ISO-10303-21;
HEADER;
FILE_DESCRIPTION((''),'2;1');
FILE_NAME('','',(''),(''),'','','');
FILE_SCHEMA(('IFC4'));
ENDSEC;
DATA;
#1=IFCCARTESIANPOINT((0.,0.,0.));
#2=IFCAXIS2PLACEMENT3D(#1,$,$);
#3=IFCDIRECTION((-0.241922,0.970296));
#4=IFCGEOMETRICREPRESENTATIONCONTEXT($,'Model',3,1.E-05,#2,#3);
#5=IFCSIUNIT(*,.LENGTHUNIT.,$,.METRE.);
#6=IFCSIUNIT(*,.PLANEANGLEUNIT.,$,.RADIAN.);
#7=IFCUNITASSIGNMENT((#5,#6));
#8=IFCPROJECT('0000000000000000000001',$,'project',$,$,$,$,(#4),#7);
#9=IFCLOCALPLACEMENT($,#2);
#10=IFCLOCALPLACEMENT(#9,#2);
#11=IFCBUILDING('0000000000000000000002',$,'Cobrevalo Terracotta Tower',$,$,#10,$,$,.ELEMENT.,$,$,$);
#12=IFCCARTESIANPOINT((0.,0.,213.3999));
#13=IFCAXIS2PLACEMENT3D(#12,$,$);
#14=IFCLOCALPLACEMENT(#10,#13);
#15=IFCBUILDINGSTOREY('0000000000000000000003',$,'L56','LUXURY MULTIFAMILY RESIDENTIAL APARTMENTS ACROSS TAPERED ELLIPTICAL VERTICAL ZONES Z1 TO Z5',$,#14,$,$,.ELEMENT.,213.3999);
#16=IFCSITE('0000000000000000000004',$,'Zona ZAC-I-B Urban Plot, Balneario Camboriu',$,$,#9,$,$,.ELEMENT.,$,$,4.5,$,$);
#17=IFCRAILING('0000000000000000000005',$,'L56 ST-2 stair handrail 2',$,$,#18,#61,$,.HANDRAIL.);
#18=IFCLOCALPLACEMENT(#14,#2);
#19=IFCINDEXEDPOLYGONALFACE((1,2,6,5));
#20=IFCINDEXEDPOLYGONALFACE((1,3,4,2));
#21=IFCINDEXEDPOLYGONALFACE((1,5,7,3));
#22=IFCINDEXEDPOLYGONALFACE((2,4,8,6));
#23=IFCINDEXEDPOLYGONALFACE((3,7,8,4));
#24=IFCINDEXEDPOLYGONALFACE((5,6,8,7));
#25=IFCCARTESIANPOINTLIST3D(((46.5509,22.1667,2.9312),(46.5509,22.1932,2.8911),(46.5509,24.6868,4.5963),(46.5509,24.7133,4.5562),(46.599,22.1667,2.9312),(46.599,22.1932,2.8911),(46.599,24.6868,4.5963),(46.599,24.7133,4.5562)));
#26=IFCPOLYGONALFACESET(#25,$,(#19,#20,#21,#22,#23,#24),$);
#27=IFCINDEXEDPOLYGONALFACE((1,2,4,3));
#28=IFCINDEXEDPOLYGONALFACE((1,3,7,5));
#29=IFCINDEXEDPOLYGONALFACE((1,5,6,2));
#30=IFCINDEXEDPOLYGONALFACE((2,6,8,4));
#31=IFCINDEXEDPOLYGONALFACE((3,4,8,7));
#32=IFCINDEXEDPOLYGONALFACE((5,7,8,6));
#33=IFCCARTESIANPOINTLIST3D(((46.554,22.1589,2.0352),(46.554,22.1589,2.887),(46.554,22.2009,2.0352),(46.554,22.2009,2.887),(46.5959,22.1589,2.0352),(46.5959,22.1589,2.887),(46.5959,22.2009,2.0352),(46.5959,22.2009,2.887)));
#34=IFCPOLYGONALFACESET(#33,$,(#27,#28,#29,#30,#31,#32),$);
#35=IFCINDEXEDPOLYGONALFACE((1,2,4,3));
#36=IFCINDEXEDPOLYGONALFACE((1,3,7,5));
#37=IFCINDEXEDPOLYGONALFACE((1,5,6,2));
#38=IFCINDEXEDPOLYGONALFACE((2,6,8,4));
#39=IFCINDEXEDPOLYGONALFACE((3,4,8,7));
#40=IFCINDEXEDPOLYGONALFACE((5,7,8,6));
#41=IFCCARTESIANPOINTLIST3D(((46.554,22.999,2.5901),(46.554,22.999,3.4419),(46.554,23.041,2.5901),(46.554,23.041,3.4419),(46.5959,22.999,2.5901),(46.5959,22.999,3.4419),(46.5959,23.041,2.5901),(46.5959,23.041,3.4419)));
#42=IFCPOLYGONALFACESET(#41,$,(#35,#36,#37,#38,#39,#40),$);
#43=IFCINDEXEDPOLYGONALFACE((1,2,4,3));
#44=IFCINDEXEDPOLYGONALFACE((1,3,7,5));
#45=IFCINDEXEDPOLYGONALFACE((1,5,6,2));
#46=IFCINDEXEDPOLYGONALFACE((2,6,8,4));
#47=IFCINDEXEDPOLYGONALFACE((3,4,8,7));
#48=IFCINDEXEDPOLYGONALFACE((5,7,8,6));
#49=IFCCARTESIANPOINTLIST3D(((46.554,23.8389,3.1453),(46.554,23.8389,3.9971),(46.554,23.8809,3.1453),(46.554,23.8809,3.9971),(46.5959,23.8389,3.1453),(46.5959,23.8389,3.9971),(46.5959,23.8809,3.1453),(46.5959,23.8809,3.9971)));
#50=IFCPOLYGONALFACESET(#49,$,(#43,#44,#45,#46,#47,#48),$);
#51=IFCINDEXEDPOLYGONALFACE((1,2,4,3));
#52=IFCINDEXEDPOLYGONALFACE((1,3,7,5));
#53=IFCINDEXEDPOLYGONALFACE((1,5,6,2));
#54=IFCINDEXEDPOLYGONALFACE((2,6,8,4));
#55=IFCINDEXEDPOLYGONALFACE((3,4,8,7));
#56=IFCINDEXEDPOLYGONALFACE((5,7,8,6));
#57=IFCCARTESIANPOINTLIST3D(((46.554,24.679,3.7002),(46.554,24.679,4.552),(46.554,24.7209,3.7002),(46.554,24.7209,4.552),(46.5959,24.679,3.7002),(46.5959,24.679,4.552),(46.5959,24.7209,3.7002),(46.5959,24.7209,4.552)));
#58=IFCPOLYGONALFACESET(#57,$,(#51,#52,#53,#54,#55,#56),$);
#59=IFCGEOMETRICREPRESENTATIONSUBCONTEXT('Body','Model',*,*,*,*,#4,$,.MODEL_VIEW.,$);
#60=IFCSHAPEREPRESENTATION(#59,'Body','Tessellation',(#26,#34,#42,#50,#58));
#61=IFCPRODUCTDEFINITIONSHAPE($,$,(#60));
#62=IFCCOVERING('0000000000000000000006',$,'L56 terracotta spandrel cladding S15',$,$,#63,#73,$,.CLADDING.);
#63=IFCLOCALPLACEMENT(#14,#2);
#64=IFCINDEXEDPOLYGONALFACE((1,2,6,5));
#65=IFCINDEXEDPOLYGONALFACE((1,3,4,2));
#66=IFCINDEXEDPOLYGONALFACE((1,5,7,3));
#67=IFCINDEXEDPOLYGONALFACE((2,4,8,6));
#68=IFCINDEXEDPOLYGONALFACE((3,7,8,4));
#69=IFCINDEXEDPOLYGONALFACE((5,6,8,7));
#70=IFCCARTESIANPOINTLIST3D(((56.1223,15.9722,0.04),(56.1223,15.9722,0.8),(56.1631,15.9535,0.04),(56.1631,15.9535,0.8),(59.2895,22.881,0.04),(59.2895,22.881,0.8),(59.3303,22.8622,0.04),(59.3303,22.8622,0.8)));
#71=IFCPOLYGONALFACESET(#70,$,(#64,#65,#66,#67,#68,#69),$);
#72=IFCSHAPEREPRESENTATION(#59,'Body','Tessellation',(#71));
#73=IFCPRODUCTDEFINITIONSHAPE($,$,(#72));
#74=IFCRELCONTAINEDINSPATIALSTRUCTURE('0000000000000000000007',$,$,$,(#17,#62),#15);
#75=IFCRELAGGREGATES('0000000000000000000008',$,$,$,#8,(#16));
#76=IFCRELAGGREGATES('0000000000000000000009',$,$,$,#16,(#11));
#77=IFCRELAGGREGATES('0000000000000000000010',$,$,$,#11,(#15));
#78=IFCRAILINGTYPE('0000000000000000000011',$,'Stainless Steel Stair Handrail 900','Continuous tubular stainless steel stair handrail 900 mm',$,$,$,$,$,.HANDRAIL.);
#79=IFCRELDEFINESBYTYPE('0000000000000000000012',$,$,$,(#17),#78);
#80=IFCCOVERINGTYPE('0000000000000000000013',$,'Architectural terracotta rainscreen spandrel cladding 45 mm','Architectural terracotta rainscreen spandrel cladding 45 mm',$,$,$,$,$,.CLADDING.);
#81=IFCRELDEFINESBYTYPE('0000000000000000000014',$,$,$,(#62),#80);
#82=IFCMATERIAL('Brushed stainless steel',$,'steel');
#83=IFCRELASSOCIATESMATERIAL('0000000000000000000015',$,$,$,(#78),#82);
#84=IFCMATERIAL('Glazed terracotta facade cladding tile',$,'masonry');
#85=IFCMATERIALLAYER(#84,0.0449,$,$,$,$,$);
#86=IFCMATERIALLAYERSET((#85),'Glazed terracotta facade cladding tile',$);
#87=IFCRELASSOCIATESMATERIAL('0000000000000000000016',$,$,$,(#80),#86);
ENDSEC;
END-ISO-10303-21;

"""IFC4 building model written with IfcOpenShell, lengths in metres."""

from ifc_helpers import new_model, si_unit, direction, frame, origin, origin_2d, place, context, subcontext, project, spatial, rectangle, extrude, source, transform, mapped, material, layer, layer_set, type_object, element, save


model = new_model("IFC4")

# Units and contexts
model_context = context("Model", 3, precision=1e-05, world=origin(), true_north=direction((-0.241922, 0.970296)))
body_context = subcontext(model_context, "Body", "Model", "MODEL_VIEW")
ifc_project = project(units=[si_unit("LENGTHUNIT", "METRE"), si_unit("PLANEANGLEUNIT", "RADIAN")], contexts=[model_context])

# Site, building, storey
site_placement = place(None, origin())
site = spatial("IfcSite", under=ifc_project, at=site_placement, Name="Zona ZAC-I-B Urban Plot, Balneario Camboriu", CompositionType="ELEMENT", RefElevation=4.5)
building_placement = place(site_placement, origin())
building = spatial("IfcBuilding", under=site, at=building_placement, Name="Cobrevalo Terracotta Tower", CompositionType="ELEMENT")
storey_placement = place(building_placement, frame((0.0, 0.0, 213.3999)))
storey = spatial("IfcBuildingStorey", under=building, at=storey_placement, Name="L56", Description="LUXURY MULTIFAMILY RESIDENTIAL APARTMENTS ACROSS TAPERED ELLIPTICAL VERTICAL ZONES Z1 TO Z5", CompositionType="ELEMENT", Elevation=213.3999)

# Railing
ifc_material_1 = material(Name="Brushed stainless steel", Category="steel")
railing_type = type_object("IfcRailingType", Name="Stainless Steel Stair Handrail 900", Description="Continuous tubular stainless steel stair handrail 900 mm", PredefinedType="HANDRAIL", material=ifc_material_1)
railing_placement = place(storey_placement, frame((46.575, 22.1799, 2.0352)))
element("IfcRailing", 1, at=railing_placement, inside=storey, type_object=railing_type, Name="L56 ST-2 stair handrail 2", PredefinedType="HANDRAIL", context=body_context, shape_type="SweptSolid", body=[
    extrude(rectangle(XDim=0.0481, YDim=0.0481, at=origin_2d()), frame((0.0, 0.0, 0.876), z_axis=(0.0, 0.834331, 0.551263), x_axis=(-1.0, 0.0, 0.0)), (0.0, 0.0, 1.0), 3.0205),
    extrude(rectangle(XDim=0.042, YDim=0.042, at=origin_2d()), origin(), (0.0, 0.0, 1.0), 0.8518),
    extrude(rectangle(XDim=0.042, YDim=0.042, at=origin_2d()), frame((0.0, 0.8401, 0.5549)), (0.0, 0.0, 1.0), 0.8518),
    extrude(rectangle(XDim=0.042, YDim=0.042, at=origin_2d()), frame((0.0, 1.6799, 1.1101)), (0.0, 0.0, 1.0), 0.8518),
    extrude(rectangle(XDim=0.042, YDim=0.042, at=origin_2d()), frame((0.0, 2.52, 1.665)), (0.0, 0.0, 1.0), 0.8518),
])

# Covering
ifc_material_2 = material(Name="Glazed terracotta facade cladding tile", Category="masonry")
ifc_layer_1 = layer(ifc_material_2, 0.0449)
ifc_layer_set_1 = layer_set([ifc_layer_1], Name="Glazed terracotta facade cladding tile")
covering_type = type_object("IfcCoveringType", Name="Architectural terracotta rainscreen spandrel cladding 45 mm", Description="Architectural terracotta rainscreen spandrel cladding 45 mm", PredefinedType="CLADDING", material=ifc_layer_set_1)
shared_shape_1 = source(origin(), body_context, "Body", "SweptSolid", [
    extrude(rectangle(XDim=7.6001, YDim=0.0449, at=origin_2d()), origin(), (0.0, 0.0, 1.0), 0.76),
])
covering_placement = place(storey_placement, frame((57.7263, 19.4172, 0.04), z_axis=(0.0, 0.0, 1.0), x_axis=(0.416731, 0.90903, 0.0)))
element("IfcCovering", 2, at=covering_placement, inside=storey, type_object=covering_type, Name="L56 terracotta spandrel cladding S15", PredefinedType="CLADDING", context=body_context, shape_type="MappedRepresentation", body=[
    mapped(shared_shape_1, transform((0.0, 0.0, 0.0), scale=1.0)),
])

save(model, "model.ifc")
